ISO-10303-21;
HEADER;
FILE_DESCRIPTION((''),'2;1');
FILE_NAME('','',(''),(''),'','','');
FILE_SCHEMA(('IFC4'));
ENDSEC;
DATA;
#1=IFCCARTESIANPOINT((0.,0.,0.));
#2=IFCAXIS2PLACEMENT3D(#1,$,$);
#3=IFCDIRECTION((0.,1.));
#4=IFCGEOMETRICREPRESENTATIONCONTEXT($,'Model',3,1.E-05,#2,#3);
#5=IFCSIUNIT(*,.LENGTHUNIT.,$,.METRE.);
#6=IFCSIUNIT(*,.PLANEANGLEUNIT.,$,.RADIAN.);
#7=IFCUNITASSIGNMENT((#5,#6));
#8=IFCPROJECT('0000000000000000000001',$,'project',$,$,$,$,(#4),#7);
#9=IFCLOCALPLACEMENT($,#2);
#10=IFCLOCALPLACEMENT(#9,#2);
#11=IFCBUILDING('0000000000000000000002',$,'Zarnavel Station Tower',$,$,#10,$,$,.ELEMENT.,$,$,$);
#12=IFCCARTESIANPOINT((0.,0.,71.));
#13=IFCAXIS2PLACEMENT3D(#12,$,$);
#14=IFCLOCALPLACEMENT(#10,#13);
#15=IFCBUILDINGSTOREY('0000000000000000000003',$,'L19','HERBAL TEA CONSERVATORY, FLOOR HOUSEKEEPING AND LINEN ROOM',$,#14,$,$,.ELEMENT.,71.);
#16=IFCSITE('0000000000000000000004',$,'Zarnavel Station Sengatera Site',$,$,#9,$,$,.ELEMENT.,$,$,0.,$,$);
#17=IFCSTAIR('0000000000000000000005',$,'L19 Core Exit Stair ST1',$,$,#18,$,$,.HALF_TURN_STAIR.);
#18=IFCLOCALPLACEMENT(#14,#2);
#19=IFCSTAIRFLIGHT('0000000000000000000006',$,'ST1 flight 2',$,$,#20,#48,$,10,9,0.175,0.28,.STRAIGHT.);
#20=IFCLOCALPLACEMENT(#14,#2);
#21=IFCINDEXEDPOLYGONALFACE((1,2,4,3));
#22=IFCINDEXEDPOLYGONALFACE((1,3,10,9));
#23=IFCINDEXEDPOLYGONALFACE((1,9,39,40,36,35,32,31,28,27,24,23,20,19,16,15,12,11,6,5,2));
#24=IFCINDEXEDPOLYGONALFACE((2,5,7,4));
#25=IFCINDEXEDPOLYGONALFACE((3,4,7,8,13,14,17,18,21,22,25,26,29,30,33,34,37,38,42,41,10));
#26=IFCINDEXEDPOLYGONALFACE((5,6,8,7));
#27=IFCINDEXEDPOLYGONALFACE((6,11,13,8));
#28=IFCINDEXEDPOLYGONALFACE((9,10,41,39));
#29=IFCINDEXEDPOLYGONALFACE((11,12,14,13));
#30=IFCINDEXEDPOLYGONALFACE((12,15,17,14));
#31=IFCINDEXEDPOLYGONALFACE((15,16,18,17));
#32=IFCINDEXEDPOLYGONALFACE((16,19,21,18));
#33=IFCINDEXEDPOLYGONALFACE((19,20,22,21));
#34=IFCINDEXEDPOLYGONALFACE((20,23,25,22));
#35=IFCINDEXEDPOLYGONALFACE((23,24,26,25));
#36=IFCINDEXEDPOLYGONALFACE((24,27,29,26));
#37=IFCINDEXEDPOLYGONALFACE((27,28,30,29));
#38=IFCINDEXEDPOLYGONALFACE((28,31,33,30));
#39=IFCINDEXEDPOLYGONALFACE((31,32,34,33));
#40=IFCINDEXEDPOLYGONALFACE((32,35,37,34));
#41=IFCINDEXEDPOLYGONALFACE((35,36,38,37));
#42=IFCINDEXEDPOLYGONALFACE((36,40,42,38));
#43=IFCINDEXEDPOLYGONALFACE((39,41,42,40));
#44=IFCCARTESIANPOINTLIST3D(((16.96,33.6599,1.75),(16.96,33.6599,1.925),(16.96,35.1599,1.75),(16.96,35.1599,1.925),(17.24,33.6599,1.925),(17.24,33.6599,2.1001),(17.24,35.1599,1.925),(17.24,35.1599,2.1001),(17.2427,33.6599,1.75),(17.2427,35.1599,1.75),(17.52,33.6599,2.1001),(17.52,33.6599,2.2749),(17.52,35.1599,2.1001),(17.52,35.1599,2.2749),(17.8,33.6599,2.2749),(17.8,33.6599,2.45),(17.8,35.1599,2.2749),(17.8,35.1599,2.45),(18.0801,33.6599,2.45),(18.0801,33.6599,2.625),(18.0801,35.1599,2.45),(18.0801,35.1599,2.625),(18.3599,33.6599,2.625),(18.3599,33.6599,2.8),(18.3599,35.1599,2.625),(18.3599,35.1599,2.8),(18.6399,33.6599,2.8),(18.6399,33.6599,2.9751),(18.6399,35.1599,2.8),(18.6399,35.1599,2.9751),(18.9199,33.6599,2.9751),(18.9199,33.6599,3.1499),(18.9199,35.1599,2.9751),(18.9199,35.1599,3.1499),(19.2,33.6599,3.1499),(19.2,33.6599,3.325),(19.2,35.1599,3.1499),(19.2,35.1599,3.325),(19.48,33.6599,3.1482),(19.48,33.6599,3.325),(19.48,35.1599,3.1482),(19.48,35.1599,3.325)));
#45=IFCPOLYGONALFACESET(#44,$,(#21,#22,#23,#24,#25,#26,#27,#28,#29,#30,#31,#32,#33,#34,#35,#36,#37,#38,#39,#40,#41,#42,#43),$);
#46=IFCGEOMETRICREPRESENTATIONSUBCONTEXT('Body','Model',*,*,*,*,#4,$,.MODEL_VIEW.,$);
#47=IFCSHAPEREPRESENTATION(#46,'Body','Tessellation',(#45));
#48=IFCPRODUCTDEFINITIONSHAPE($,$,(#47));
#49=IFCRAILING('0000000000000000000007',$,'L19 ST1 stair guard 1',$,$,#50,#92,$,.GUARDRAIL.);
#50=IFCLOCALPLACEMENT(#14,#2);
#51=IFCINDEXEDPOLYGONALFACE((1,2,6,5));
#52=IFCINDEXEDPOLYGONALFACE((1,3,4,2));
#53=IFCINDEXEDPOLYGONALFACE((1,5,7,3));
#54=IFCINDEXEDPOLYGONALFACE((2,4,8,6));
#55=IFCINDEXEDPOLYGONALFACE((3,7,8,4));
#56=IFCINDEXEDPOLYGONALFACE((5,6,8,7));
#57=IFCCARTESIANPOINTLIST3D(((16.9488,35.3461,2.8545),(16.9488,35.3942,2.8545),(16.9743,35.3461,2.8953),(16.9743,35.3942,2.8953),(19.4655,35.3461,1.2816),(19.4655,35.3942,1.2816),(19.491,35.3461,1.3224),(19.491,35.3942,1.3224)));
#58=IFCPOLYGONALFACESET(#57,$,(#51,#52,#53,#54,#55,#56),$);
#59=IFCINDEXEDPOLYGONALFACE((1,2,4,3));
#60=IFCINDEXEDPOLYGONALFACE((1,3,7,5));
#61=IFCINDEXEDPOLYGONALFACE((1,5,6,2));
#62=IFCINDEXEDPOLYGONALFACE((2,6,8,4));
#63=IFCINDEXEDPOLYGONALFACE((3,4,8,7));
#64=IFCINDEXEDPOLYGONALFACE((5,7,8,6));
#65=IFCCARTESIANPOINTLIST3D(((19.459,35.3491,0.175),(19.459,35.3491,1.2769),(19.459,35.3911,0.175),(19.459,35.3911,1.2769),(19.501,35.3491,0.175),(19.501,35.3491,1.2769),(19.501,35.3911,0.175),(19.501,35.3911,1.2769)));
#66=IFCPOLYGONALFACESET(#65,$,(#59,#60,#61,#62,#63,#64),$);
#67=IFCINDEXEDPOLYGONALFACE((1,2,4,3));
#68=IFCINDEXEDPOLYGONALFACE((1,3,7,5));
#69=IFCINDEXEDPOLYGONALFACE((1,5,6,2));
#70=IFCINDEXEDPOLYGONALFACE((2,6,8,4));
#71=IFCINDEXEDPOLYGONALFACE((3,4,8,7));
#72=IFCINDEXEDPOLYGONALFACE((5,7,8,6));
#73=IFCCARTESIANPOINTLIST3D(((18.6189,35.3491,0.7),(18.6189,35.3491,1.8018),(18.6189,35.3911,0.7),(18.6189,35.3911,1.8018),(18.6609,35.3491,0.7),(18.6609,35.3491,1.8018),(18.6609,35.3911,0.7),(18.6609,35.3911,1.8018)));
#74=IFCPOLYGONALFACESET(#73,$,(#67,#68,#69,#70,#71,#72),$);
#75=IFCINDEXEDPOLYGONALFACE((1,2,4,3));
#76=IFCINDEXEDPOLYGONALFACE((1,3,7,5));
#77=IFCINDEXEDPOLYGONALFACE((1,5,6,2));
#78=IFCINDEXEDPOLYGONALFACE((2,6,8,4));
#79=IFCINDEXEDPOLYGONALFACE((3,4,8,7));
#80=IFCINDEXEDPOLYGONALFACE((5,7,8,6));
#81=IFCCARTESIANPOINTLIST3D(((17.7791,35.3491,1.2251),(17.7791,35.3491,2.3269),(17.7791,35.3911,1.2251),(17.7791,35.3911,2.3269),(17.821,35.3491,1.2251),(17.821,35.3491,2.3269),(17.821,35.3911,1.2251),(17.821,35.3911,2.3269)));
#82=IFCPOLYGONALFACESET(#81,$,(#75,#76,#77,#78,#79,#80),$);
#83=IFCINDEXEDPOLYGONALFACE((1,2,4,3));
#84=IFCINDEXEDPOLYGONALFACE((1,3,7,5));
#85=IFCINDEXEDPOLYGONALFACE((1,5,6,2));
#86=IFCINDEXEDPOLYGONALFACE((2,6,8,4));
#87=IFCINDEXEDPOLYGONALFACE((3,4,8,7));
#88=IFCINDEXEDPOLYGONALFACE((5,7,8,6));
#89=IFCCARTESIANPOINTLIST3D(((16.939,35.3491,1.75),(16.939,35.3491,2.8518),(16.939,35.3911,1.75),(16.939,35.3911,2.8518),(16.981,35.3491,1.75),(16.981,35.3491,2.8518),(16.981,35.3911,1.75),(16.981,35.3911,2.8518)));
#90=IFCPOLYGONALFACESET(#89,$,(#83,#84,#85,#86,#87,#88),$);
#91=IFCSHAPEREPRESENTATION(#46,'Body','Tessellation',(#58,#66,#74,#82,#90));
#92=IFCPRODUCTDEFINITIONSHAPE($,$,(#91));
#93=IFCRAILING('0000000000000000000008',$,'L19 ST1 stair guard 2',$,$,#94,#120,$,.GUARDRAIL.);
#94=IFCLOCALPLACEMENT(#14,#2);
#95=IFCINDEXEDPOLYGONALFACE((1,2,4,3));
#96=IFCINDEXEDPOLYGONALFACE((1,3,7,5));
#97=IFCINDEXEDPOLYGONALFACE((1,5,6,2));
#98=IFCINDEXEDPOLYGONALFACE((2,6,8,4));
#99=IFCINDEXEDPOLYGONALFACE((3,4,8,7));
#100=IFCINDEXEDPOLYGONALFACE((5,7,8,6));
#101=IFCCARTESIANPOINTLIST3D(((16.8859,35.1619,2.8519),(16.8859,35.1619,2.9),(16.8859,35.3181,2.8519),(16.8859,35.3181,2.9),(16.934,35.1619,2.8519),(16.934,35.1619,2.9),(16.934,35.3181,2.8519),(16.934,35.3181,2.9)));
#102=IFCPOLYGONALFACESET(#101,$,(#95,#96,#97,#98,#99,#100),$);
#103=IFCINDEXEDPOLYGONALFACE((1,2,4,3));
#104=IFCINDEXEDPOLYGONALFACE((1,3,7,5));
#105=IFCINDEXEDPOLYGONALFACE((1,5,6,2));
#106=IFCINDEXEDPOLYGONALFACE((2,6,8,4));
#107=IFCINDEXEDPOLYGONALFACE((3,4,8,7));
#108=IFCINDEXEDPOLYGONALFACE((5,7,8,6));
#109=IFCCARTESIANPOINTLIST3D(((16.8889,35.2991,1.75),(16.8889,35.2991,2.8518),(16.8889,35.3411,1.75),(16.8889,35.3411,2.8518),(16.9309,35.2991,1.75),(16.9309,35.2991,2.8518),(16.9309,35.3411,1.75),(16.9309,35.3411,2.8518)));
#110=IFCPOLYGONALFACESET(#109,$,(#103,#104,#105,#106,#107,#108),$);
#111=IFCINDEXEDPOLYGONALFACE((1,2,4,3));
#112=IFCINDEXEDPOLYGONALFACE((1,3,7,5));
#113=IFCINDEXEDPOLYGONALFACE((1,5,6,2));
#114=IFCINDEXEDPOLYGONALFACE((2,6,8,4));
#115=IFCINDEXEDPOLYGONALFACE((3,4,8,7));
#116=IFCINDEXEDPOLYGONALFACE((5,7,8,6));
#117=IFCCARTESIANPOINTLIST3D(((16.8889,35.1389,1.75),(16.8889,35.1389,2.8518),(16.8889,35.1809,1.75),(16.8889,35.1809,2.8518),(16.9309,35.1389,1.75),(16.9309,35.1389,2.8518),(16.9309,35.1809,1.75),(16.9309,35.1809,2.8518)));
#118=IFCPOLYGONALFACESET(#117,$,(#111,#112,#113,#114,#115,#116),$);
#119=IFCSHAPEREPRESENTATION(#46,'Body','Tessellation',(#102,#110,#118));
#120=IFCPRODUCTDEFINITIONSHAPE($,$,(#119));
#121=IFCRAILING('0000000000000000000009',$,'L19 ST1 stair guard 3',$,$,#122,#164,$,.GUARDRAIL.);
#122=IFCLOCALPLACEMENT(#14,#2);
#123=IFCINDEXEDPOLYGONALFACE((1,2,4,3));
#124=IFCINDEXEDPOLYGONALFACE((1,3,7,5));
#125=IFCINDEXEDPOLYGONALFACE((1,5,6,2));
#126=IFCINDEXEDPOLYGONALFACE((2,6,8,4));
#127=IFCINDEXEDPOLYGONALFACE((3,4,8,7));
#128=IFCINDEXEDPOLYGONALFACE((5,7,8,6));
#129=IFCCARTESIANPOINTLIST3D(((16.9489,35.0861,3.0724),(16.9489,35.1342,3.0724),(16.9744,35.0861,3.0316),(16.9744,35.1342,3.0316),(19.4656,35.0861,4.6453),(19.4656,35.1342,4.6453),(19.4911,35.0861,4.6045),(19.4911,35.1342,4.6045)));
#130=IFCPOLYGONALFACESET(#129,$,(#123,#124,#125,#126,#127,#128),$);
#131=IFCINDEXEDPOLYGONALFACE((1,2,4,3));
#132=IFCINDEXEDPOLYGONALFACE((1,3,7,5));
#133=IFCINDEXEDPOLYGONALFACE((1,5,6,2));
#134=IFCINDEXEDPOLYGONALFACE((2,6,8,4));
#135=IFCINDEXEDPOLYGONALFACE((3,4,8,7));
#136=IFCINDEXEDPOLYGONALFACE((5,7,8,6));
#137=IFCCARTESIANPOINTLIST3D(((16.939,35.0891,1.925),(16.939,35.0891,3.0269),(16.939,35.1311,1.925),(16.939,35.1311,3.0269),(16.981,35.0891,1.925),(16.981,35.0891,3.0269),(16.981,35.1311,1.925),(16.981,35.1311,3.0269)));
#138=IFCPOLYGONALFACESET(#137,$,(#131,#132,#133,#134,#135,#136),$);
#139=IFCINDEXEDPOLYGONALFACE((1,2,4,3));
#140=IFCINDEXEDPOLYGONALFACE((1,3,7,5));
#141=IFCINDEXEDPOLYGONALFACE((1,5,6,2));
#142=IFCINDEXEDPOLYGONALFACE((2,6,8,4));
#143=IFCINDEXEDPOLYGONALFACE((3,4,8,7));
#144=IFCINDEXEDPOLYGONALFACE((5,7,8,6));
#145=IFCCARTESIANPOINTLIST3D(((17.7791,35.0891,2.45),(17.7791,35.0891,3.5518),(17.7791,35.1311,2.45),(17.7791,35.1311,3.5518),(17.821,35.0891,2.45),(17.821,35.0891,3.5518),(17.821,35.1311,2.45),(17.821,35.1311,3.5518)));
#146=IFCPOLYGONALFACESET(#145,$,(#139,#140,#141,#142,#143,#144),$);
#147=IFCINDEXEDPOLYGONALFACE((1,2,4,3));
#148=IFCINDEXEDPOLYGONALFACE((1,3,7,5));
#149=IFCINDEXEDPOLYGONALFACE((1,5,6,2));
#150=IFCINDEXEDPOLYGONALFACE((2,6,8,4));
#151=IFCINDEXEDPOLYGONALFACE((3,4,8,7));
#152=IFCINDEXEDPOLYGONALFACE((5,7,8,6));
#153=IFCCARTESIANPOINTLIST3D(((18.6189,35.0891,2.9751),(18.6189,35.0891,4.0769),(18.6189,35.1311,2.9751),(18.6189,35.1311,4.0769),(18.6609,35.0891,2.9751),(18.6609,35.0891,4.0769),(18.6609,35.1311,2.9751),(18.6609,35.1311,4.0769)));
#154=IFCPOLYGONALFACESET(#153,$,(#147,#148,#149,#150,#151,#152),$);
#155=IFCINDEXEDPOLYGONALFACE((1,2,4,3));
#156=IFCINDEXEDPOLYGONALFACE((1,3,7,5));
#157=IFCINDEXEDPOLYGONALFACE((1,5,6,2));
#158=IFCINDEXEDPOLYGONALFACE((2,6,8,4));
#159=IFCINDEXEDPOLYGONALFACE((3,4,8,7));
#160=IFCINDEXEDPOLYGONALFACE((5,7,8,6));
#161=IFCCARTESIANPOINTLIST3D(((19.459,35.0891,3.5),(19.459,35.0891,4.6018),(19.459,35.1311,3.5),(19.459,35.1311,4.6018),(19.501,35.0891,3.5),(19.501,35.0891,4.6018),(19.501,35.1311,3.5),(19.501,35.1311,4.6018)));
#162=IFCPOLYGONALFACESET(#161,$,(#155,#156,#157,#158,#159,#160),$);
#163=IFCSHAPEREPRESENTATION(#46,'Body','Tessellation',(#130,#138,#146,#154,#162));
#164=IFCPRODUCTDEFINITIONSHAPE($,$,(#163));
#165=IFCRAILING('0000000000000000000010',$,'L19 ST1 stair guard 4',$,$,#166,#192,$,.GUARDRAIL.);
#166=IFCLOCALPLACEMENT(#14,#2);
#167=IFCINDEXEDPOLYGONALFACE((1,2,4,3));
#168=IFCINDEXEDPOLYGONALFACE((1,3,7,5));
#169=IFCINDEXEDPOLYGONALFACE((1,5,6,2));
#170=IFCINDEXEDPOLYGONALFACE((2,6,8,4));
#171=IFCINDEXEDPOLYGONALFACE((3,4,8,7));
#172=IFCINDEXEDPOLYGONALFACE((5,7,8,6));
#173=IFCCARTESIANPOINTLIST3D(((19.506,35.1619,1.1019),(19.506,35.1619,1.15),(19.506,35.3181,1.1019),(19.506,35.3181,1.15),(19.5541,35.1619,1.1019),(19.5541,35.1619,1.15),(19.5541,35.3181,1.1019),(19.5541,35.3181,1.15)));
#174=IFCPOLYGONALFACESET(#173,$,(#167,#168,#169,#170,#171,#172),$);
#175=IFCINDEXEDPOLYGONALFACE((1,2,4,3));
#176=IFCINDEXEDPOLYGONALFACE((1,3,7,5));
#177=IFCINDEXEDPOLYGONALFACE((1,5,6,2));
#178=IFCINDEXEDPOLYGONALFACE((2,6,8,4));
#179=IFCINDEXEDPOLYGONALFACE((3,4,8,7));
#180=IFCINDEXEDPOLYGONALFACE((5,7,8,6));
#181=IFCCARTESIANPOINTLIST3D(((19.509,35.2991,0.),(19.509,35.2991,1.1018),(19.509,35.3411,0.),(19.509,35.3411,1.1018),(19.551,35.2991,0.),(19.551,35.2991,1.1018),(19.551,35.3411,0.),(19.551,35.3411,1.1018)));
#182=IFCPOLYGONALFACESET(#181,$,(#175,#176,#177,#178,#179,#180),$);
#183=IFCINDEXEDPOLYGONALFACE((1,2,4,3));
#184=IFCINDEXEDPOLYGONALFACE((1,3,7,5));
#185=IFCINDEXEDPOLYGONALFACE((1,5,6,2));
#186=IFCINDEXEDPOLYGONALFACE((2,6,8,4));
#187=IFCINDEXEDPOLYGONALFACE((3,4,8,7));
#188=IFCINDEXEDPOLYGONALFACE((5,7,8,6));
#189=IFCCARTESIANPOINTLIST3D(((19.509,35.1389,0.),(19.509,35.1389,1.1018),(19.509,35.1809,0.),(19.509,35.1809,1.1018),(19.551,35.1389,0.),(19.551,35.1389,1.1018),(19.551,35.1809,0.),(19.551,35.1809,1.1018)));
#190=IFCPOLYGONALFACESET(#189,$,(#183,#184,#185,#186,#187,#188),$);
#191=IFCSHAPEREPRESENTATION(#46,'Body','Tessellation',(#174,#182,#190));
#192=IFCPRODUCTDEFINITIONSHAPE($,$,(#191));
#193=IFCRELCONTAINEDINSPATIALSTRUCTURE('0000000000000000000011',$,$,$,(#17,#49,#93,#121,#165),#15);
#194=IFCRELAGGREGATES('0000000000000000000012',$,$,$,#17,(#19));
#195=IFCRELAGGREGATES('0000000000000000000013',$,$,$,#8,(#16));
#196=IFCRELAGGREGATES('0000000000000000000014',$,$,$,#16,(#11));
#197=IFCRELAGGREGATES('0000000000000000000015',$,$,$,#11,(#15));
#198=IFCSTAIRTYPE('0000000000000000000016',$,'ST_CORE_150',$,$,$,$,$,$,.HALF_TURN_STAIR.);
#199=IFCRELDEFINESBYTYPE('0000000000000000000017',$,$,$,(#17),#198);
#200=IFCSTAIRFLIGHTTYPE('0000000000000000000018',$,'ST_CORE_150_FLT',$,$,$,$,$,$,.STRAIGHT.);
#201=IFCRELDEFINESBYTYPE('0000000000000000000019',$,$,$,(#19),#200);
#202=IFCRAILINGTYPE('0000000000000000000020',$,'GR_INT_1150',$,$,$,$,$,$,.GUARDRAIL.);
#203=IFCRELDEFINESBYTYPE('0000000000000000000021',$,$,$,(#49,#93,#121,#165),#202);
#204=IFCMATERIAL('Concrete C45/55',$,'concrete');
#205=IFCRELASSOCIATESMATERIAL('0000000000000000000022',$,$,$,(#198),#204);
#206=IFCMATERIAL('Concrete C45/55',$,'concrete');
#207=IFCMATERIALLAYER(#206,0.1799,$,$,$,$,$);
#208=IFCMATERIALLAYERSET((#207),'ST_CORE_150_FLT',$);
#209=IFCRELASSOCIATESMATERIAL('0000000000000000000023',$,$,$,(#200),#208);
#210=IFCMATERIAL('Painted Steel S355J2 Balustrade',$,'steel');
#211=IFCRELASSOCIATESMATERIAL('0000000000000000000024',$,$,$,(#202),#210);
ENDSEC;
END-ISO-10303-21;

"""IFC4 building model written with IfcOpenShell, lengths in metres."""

from ifc_helpers import new_model, si_unit, direction, frame, origin, origin_2d, place, context, subcontext, project, spatial, polyline, rectangle, outline, extrude, material, layer, layer_set, type_object, element, aggregate, save


model = new_model("IFC4")

# Units and contexts
model_context = context("Model", 3, precision=1e-05, world=origin(), true_north=direction((0.0, 1.0)))
body_context = subcontext(model_context, "Body", "Model", "MODEL_VIEW")
ifc_project = project(units=[si_unit("LENGTHUNIT", "METRE"), si_unit("PLANEANGLEUNIT", "RADIAN")], contexts=[model_context])

# Site, building, storey
site_placement = place(None, origin())
site = spatial("IfcSite", under=ifc_project, at=site_placement, Name="Zarnavel Station Sengatera Site", CompositionType="ELEMENT", RefElevation=0.0)
building_placement = place(site_placement, origin())
building = spatial("IfcBuilding", under=site, at=building_placement, Name="Zarnavel Station Tower", CompositionType="ELEMENT")
storey_placement = place(building_placement, frame((0.0, 0.0, 71.0)))
storey = spatial("IfcBuildingStorey", under=building, at=storey_placement, Name="L19", Description="HERBAL TEA CONSERVATORY, FLOOR HOUSEKEEPING AND LINEN ROOM", CompositionType="ELEMENT", Elevation=71.0)

# Stair, stair flight
ifc_material_1 = material(Name="Concrete C45/55", Category="concrete")
stair_type = type_object("IfcStairType", Name="ST_CORE_150", PredefinedType="HALF_TURN_STAIR", material=ifc_material_1)
stair_placement = place(storey_placement, origin())
stair = element("IfcStair", 1, at=stair_placement, inside=storey, type_object=stair_type, Name="L19 Core Exit Stair ST1", PredefinedType="HALF_TURN_STAIR")
ifc_material_2 = material(Name="Concrete C45/55", Category="concrete")
ifc_layer_1 = layer(ifc_material_2, 0.1799)
ifc_layer_set_1 = layer_set([ifc_layer_1], Name="ST_CORE_150_FLT")
stair_flight_type = type_object("IfcStairFlightType", Name="ST_CORE_150_FLT", PredefinedType="STRAIGHT", material=ifc_layer_set_1)
stair_flight_1_placement = place(storey_placement, frame((16.96, 34.4099, 1.75), z_axis=(0.0, 0.0, 1.0), x_axis=(1.0, 0.0, 0.0)))
stair_flight_1 = element("IfcStairFlight", 2, at=stair_flight_1_placement, type_object=stair_flight_type, Name="ST1 flight 2", NumberOfRisers=10, NumberOfTreads=9, PredefinedType="STRAIGHT", RiserHeight=0.175, TreadLength=0.28, context=body_context, shape_type="SweptSolid", body=[
    extrude(outline(polyline([(0.0, 0.0), (0.0, 0.175), (0.28, 0.175), (0.28, 0.3501), (0.5601, 0.3501), (0.5601, 0.5249), (0.8401, 0.5249), (0.8401, 0.7), (1.1201, 0.7), (1.1201, 0.875), (1.3999, 0.875), (1.3999, 1.05), (1.6799, 1.05), (1.6799, 1.2251), (1.96, 1.2251), (1.96, 1.3999), (2.24, 1.3999), (2.24, 1.575), (2.52, 1.575), (2.52, 1.75), (2.52, 1.3982), (0.2827, 0.0), (0.0, 0.0)])), frame((0.0, 0.75, 0.0), z_axis=(0.0, -1.0, 0.0), x_axis=(1.0, 0.0, 0.0)), (0.0, 0.0, 1.0), 1.5),
])
aggregate(stair, [stair_flight_1])

# Railings
ifc_material_3 = material(Name="Painted Steel S355J2 Balustrade", Category="steel")
railing_type_1 = type_object("IfcRailingType", Name="GR_INT_1150", PredefinedType="GUARDRAIL", material=ifc_material_3)
railing_1_placement = place(storey_placement, frame((19.48, 35.3701, 0.175)))
element("IfcRailing", 3, at=railing_1_placement, inside=storey, type_object=railing_type_1, Name="L19 ST1 stair guard 1", PredefinedType="GUARDRAIL", context=body_context, shape_type="SweptSolid", body=[
    extrude(rectangle(XDim=0.0481, YDim=0.0481, at=origin_2d()), frame((-0.0017, 0.0, 1.127), z_axis=(-0.848008, 0.0, 0.529984), x_axis=(0.0, -1.0, 0.0)), (0.0, 0.0, 1.0), 2.9678),
    extrude(rectangle(XDim=0.042, YDim=0.042, at=origin_2d()), origin(), (0.0, 0.0, 1.0), 1.1018),
    extrude(rectangle(XDim=0.042, YDim=0.042, at=origin_2d()), frame((-0.8401, 0.0, 0.5249)), (0.0, 0.0, 1.0), 1.1018),
    extrude(rectangle(XDim=0.042, YDim=0.042, at=origin_2d()), frame((-1.6799, 0.0, 1.05)), (0.0, 0.0, 1.0), 1.1018),
    extrude(rectangle(XDim=0.042, YDim=0.042, at=origin_2d()), frame((-2.52, 0.0, 1.575)), (0.0, 0.0, 1.0), 1.1018),
])
railing_2_placement = place(storey_placement, frame((16.9099, 35.3201, 1.75)))
element("IfcRailing", 4, at=railing_2_placement, inside=storey, type_object=railing_type_1, Name="L19 ST1 stair guard 2", PredefinedType="GUARDRAIL", context=body_context, shape_type="SweptSolid", body=[
    extrude(rectangle(XDim=0.0481, YDim=0.0481, at=origin_2d()), frame((0.0, -0.002, 1.126), z_axis=(0.0, -1.0, 0.0), x_axis=(1.0, 0.0, 0.0)), (0.0, 0.0, 1.0), 0.1562),
    extrude(rectangle(XDim=0.042, YDim=0.042, at=origin_2d()), origin(), (0.0, 0.0, 1.0), 1.1018),
    extrude(rectangle(XDim=0.042, YDim=0.042, at=origin_2d()), frame((0.0, -0.1602, 0.0)), (0.0, 0.0, 1.0), 1.1018),
])
railing_3_placement = place(storey_placement, frame((16.96, 35.1101, 1.925)))
element("IfcRailing", 5, at=railing_3_placement, inside=storey, type_object=railing_type_1, Name="L19 ST1 stair guard 3", PredefinedType="GUARDRAIL", context=body_context, shape_type="SweptSolid", body=[
    extrude(rectangle(XDim=0.0481, YDim=0.0481, at=origin_2d()), frame((0.0017, 0.0, 1.127), z_axis=(0.848008, 0.0, 0.529984), x_axis=(0.0, 1.0, 0.0)), (0.0, 0.0, 1.0), 2.9678),
    extrude(rectangle(XDim=0.042, YDim=0.042, at=origin_2d()), origin(), (0.0, 0.0, 1.0), 1.1018),
    extrude(rectangle(XDim=0.042, YDim=0.042, at=origin_2d()), frame((0.8401, 0.0, 0.5249)), (0.0, 0.0, 1.0), 1.1018),
    extrude(rectangle(XDim=0.042, YDim=0.042, at=origin_2d()), frame((1.6799, 0.0, 1.05)), (0.0, 0.0, 1.0), 1.1018),
    extrude(rectangle(XDim=0.042, YDim=0.042, at=origin_2d()), frame((2.52, 0.0, 1.575)), (0.0, 0.0, 1.0), 1.1018),
])
railing_4_placement = place(storey_placement, frame((19.53, 35.3201, 0.0)))
element("IfcRailing", 6, at=railing_4_placement, inside=storey, type_object=railing_type_1, Name="L19 ST1 stair guard 4", PredefinedType="GUARDRAIL", context=body_context, shape_type="SweptSolid", body=[
    extrude(rectangle(XDim=0.0481, YDim=0.0481, at=origin_2d()), frame((0.0, -0.002, 1.126), z_axis=(0.0, -1.0, 0.0), x_axis=(1.0, 0.0, 0.0)), (0.0, 0.0, 1.0), 0.1562),
    extrude(rectangle(XDim=0.042, YDim=0.042, at=origin_2d()), origin(), (0.0, 0.0, 1.0), 1.1018),
    extrude(rectangle(XDim=0.042, YDim=0.042, at=origin_2d()), frame((0.0, -0.1602, 0.0)), (0.0, 0.0, 1.0), 1.1018),
])

save(model, "model.ifc")
